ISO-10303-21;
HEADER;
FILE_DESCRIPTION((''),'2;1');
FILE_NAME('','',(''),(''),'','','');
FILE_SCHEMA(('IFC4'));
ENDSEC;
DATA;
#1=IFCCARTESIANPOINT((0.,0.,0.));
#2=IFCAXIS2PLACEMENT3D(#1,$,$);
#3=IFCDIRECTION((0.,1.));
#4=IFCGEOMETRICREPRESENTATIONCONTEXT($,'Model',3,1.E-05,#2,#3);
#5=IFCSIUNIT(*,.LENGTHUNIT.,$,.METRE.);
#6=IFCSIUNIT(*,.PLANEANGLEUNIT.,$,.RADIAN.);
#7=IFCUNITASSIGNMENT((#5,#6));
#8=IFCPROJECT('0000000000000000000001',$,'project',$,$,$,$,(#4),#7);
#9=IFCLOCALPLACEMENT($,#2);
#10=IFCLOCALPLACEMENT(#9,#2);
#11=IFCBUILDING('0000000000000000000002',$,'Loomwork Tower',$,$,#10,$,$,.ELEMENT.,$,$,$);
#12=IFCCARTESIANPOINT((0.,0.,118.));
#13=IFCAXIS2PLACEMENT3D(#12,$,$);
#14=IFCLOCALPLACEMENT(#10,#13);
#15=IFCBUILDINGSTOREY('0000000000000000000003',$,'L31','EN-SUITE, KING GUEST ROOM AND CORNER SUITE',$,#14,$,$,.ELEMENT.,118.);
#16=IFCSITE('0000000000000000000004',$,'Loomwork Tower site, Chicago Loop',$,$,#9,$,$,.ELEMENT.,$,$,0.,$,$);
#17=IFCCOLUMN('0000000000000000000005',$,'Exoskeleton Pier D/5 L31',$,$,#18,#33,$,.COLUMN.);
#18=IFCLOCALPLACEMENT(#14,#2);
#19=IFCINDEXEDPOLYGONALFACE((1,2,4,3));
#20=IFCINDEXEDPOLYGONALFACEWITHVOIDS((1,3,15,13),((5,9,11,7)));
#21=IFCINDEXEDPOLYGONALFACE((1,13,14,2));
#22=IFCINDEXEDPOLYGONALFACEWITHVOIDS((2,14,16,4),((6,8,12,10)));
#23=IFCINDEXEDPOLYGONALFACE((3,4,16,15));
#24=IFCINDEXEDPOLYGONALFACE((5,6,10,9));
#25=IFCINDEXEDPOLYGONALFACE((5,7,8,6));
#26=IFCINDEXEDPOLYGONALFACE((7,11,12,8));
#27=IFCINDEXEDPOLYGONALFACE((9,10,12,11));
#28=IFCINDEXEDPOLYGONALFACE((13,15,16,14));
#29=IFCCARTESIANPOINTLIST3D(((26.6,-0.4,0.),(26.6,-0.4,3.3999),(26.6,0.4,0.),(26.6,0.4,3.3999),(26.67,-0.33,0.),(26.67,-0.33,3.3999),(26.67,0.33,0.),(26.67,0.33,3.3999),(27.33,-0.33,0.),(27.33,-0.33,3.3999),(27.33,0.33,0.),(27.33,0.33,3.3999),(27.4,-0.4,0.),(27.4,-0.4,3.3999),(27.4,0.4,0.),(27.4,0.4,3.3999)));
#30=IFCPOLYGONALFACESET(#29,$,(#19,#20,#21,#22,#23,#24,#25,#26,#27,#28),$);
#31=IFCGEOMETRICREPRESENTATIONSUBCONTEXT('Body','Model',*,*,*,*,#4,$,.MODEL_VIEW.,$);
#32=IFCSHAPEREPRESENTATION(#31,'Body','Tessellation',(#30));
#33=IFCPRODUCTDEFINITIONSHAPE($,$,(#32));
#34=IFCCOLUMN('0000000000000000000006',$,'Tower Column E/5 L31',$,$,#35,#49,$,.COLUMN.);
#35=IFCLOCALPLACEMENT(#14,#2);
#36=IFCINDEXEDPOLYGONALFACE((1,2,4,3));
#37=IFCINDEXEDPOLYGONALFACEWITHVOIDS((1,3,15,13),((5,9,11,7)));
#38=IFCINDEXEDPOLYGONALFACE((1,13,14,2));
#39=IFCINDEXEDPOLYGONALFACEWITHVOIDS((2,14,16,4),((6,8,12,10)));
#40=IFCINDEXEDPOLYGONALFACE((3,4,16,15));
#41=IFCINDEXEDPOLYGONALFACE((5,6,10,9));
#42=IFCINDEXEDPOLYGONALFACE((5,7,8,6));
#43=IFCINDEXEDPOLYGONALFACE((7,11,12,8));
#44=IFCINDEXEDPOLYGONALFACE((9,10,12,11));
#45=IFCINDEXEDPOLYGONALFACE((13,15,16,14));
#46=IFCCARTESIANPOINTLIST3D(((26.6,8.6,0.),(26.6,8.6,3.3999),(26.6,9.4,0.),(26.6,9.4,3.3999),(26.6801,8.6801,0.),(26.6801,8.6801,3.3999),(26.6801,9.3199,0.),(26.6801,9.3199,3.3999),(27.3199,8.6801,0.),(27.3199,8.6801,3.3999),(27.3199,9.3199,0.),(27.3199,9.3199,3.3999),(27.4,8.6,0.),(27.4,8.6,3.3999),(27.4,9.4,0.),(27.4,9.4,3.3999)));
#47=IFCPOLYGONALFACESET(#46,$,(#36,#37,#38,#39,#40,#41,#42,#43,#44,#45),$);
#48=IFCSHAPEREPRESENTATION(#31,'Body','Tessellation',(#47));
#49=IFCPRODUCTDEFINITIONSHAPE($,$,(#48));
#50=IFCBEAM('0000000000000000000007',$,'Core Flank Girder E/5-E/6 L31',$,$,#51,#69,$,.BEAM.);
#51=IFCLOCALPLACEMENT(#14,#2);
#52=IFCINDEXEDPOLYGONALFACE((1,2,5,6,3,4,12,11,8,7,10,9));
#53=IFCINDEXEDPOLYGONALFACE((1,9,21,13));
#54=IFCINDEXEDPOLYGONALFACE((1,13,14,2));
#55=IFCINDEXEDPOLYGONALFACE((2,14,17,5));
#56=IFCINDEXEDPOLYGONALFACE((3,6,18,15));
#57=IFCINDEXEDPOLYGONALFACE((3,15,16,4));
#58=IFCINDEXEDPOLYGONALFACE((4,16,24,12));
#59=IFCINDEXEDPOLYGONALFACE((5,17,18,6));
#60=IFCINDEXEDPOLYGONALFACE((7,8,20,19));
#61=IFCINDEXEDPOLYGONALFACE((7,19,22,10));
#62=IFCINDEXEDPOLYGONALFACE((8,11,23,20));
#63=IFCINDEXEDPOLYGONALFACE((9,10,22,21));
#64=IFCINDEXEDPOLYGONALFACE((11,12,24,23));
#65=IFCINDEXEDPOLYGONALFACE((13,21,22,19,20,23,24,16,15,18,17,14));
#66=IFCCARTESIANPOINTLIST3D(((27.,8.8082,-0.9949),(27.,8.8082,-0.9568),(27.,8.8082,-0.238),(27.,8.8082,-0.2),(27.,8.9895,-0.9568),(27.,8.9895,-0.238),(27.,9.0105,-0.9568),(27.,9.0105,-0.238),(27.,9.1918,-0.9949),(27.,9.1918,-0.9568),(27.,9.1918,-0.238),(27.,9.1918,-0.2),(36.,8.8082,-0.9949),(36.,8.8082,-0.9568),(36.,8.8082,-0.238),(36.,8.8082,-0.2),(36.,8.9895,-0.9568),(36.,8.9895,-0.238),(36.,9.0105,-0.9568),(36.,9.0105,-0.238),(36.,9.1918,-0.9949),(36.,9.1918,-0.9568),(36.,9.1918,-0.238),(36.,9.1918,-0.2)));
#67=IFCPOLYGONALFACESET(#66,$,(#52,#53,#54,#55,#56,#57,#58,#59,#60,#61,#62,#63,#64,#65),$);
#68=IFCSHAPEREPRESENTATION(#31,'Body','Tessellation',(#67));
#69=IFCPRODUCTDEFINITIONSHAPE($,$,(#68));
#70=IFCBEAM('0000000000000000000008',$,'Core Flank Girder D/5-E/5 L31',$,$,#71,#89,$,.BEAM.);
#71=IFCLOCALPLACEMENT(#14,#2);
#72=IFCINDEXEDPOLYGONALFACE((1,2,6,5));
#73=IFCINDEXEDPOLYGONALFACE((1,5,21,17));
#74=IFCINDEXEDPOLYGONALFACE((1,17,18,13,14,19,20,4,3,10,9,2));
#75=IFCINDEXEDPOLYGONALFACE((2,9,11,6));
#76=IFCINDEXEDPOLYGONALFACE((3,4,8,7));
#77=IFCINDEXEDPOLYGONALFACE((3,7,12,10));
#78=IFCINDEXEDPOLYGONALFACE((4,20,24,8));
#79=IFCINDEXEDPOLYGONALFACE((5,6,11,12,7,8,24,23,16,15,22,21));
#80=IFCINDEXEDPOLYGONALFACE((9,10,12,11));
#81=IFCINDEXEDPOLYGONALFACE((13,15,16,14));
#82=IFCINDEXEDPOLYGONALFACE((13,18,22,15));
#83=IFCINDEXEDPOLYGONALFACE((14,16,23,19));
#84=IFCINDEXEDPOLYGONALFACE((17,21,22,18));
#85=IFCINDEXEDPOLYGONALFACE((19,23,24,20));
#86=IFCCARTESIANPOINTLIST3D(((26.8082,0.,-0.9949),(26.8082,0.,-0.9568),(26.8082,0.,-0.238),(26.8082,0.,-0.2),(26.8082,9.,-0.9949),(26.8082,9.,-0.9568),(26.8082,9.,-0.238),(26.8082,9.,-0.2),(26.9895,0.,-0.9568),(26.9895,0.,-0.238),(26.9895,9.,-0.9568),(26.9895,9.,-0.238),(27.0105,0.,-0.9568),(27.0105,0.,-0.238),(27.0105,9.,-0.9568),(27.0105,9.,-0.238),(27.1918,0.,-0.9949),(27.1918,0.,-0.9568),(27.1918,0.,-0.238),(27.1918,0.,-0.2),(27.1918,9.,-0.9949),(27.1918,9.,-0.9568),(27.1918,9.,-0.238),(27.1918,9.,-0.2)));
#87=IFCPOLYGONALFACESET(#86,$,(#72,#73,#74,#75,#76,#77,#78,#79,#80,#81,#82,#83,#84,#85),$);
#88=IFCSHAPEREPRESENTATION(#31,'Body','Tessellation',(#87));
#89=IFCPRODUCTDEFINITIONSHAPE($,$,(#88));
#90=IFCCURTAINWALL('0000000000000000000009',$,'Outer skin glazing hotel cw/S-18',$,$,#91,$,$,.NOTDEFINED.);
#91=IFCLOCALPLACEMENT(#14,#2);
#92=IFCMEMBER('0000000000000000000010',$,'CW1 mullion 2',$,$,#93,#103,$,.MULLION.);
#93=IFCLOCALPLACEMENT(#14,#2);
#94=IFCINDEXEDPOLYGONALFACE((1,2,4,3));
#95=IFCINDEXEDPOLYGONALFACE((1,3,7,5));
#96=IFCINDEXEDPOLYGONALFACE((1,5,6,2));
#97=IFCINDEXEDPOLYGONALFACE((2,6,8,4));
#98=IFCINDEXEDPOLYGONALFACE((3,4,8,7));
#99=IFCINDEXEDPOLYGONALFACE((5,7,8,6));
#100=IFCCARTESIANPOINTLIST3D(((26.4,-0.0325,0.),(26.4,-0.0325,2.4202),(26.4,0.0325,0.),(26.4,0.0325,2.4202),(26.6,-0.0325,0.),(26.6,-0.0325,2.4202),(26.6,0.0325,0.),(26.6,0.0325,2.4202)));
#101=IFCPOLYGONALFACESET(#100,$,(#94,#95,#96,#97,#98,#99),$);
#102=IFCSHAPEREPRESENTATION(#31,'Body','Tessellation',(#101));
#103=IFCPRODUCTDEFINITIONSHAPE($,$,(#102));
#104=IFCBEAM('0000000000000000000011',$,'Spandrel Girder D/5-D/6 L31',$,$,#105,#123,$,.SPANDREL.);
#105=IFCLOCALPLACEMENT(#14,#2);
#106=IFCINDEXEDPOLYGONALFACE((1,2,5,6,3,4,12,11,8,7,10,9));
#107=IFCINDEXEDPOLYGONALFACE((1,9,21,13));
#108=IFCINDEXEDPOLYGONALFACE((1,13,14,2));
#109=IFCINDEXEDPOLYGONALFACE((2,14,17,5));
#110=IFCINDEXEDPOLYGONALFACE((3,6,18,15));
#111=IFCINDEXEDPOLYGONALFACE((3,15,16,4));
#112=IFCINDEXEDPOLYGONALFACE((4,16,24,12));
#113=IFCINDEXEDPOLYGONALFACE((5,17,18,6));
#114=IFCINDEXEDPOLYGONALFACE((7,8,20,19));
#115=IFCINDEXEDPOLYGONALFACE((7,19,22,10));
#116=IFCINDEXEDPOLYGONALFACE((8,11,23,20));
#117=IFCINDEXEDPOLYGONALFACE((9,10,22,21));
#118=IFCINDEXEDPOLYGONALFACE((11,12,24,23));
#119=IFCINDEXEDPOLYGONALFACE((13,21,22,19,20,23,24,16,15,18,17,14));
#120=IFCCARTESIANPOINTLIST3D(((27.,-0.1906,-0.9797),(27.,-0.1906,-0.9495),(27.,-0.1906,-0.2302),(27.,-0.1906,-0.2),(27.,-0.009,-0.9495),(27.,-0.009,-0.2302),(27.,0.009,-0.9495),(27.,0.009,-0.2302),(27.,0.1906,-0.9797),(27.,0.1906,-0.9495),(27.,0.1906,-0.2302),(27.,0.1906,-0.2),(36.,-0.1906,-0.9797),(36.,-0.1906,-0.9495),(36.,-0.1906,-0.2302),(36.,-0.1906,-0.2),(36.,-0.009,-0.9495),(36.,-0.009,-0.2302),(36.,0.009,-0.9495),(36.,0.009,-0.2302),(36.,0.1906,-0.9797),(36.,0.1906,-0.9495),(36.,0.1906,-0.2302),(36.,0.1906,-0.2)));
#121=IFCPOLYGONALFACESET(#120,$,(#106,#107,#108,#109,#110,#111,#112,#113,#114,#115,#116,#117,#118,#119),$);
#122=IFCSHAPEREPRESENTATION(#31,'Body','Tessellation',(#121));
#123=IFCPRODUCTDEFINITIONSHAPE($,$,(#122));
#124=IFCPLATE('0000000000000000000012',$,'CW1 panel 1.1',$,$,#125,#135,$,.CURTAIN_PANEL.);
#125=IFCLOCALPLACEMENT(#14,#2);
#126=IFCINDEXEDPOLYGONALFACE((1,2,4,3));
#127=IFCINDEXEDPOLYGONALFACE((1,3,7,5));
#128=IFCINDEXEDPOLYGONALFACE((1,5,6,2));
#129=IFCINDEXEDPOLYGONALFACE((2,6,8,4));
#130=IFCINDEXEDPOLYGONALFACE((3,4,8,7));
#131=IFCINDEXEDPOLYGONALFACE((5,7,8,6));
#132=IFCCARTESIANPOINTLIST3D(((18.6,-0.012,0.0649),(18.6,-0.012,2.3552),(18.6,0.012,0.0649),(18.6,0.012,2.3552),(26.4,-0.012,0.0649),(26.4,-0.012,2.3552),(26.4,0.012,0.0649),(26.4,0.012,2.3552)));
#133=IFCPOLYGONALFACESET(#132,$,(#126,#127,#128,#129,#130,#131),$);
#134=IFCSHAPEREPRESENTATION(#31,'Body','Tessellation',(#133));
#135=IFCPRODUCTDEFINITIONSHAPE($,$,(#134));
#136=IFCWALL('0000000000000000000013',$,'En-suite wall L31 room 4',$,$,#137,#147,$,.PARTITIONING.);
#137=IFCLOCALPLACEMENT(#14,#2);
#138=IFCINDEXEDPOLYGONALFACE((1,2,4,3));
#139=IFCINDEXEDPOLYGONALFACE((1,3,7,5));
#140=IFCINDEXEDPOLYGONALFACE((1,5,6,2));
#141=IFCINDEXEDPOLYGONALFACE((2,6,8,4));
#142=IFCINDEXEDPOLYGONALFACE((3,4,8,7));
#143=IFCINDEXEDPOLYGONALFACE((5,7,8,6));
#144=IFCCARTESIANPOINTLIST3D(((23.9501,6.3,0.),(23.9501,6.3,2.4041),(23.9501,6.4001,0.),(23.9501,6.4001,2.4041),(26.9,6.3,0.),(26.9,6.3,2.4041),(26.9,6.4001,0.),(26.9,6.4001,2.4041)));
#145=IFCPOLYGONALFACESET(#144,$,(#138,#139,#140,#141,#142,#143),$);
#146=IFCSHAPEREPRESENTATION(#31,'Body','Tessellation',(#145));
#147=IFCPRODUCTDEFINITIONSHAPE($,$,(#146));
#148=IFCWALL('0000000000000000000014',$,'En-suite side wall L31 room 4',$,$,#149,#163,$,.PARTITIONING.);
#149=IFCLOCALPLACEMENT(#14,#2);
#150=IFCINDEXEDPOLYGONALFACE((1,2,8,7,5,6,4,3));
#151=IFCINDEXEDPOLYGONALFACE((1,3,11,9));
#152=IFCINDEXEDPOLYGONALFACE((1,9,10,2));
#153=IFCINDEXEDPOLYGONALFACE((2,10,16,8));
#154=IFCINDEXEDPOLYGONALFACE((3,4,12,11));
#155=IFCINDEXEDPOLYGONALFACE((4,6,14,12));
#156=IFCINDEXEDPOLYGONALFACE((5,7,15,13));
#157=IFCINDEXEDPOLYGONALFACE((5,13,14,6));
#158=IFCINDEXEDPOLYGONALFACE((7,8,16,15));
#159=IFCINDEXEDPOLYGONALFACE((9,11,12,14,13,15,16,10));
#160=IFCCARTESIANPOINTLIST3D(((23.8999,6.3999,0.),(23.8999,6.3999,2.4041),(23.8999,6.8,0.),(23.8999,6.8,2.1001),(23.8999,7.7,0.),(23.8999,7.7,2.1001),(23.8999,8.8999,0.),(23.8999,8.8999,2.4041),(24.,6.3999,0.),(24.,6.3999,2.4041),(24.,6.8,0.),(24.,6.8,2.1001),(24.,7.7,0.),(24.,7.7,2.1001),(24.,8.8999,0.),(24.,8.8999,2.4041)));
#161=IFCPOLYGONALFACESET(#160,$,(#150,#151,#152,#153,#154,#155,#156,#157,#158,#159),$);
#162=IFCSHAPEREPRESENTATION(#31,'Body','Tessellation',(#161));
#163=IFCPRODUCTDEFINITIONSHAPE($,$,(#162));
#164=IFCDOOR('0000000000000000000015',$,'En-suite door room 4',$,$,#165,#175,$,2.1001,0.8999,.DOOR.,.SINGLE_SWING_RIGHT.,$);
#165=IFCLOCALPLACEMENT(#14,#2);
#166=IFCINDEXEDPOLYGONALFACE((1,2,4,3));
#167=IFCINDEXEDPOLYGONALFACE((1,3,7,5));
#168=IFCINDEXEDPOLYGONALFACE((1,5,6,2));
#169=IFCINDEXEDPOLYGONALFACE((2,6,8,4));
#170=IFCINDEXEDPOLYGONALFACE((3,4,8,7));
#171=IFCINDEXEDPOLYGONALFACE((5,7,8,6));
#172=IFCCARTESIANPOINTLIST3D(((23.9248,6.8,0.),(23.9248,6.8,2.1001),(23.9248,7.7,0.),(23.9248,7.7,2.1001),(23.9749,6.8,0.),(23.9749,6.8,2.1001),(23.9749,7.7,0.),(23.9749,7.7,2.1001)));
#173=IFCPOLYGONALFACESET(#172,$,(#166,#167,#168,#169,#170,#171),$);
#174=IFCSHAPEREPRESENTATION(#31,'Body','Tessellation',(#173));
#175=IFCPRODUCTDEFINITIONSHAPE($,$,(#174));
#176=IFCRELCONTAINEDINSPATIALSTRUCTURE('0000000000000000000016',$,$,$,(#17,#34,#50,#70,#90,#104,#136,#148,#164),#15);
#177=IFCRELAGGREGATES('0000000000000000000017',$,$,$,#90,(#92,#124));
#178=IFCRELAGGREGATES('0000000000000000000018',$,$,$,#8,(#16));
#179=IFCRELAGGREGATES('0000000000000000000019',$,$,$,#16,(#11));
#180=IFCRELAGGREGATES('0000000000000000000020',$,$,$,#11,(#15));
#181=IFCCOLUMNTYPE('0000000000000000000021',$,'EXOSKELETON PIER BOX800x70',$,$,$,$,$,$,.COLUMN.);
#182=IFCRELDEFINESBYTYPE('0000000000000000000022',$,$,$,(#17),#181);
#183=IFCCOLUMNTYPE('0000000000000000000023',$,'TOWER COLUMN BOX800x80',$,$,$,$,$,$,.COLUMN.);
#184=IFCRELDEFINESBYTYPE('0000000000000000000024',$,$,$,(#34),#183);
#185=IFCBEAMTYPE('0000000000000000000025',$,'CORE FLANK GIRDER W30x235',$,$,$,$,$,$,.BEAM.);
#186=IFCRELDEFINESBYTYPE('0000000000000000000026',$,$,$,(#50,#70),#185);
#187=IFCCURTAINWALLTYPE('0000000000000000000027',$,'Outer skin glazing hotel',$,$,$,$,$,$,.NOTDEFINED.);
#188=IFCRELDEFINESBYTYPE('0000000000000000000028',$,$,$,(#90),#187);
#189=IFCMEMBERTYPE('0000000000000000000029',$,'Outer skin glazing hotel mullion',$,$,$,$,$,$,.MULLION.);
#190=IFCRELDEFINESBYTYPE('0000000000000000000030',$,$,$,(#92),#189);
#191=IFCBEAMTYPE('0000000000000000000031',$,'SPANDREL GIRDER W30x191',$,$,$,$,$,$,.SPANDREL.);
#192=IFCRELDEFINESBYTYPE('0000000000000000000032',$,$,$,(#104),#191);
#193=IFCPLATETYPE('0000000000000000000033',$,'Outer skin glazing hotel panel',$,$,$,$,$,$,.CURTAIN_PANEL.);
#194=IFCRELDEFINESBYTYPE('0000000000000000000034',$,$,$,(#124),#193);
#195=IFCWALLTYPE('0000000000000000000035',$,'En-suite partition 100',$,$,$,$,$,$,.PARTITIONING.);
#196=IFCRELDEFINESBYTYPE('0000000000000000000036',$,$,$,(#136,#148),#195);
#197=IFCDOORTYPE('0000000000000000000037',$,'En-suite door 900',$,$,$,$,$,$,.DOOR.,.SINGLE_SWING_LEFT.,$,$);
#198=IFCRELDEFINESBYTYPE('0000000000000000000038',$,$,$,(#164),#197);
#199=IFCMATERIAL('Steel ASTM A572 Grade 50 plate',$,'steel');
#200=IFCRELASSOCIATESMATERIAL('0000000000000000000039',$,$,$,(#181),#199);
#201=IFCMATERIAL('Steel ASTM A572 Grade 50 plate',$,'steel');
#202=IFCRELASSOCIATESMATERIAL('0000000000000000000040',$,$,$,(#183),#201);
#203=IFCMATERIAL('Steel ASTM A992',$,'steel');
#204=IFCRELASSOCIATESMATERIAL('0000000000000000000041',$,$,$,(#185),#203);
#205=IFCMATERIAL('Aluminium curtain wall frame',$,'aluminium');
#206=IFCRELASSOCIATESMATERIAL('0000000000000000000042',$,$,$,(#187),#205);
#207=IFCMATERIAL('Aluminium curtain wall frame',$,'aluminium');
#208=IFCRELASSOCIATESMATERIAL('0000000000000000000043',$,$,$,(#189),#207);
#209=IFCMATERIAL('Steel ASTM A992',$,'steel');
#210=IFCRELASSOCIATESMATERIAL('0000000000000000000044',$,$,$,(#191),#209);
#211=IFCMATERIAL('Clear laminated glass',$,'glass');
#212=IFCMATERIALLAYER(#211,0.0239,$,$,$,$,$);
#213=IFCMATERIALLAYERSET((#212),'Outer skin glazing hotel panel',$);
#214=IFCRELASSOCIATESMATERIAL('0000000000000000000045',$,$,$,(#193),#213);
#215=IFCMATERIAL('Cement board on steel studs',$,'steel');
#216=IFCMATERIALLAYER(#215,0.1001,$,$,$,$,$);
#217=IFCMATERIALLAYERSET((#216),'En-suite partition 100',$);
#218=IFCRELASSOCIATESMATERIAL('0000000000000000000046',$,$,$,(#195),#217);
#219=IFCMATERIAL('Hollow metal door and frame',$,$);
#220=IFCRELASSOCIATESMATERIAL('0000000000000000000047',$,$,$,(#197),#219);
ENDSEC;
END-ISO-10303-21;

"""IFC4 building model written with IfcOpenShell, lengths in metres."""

from ifc_helpers import new_model, si_unit, direction, frame, frame_2d, origin, origin_2d, place, context, subcontext, project, spatial, rectangle, hollow_rectangle, i_section, extrude, material, layer, layer_set, material_profile, profile_set, type_object, element, fill, aggregate, save


model = new_model("IFC4")

# Units and contexts
model_context = context("Model", 3, precision=1e-05, world=origin(), true_north=direction((0.0, 1.0)))
body_context = subcontext(model_context, "Body", "Model", "MODEL_VIEW")
ifc_project = project(units=[si_unit("LENGTHUNIT", "METRE"), si_unit("PLANEANGLEUNIT", "RADIAN")], contexts=[model_context])

# Site, building, storey
site_placement = place(None, origin())
site = spatial("IfcSite", under=ifc_project, at=site_placement, Name="Loomwork Tower site, Chicago Loop", CompositionType="ELEMENT", RefElevation=0.0)
building_placement = place(site_placement, origin())
building = spatial("IfcBuilding", under=site, at=building_placement, Name="Loomwork Tower", CompositionType="ELEMENT")
storey_placement = place(building_placement, frame((0.0, 0.0, 118.0)))
storey = spatial("IfcBuildingStorey", under=building, at=storey_placement, Name="L31", Description="EN-SUITE, KING GUEST ROOM AND CORNER SUITE", CompositionType="ELEMENT", Elevation=118.0)

# Columns
ifc_material_1 = material(Name="Steel ASTM A572 Grade 50 plate", Category="steel")
ifc_material_profile_1 = material_profile(ifc_material_1, hollow_rectangle(XDim=0.8, YDim=0.8, WallThickness=0.0701, at=origin_2d()), Name="BOX800x70")
ifc_profile_set_1 = profile_set([ifc_material_profile_1], Name="Steel ASTM A572 Grade 50 plate")
column_type_1 = type_object("IfcColumnType", Name="EXOSKELETON PIER BOX800x70", PredefinedType="COLUMN", material=ifc_profile_set_1)
column_1_placement = place(storey_placement, frame((27.0, 0.0, 0.0), z_axis=(0.0, 0.0, 1.0), x_axis=(1.0, 0.0, 0.0)))
element("IfcColumn", 1, at=column_1_placement, inside=storey, type_object=column_type_1, Name="Exoskeleton Pier D/5 L31", PredefinedType="COLUMN", context=body_context, shape_type="SweptSolid", body=[
    extrude(hollow_rectangle(XDim=0.8, YDim=0.8, WallThickness=0.0701, at=origin_2d()), origin(), (0.0, 0.0, 1.0), 3.3999),
])
ifc_material_2 = material(Name="Steel ASTM A572 Grade 50 plate", Category="steel")
ifc_material_profile_2 = material_profile(ifc_material_2, hollow_rectangle(XDim=0.8, YDim=0.8, WallThickness=0.0801, at=origin_2d()), Name="BOX800x80")
ifc_profile_set_2 = profile_set([ifc_material_profile_2], Name="Steel ASTM A572 Grade 50 plate")
column_type_2 = type_object("IfcColumnType", Name="TOWER COLUMN BOX800x80", PredefinedType="COLUMN", material=ifc_profile_set_2)
column_2_placement = place(storey_placement, frame((27.0, 9.0, 0.0), z_axis=(0.0, 0.0, 1.0), x_axis=(1.0, 0.0, 0.0)))
element("IfcColumn", 2, at=column_2_placement, inside=storey, type_object=column_type_2, Name="Tower Column E/5 L31", PredefinedType="COLUMN", context=body_context, shape_type="SweptSolid", body=[
    extrude(hollow_rectangle(XDim=0.8, YDim=0.8, WallThickness=0.0801, at=origin_2d()), origin(), (0.0, 0.0, 1.0), 3.3999),
])

# Beams
ifc_material_3 = material(Name="Steel ASTM A992", Category="steel")
ifc_material_profile_3 = material_profile(ifc_material_3, i_section(OverallWidth=0.3835, OverallDepth=0.7949, WebThickness=0.021, FlangeThickness=0.0381, at=origin_2d()), Name="W30x235")
ifc_profile_set_3 = profile_set([ifc_material_profile_3], Name="Steel ASTM A992")
beam_type_1 = type_object("IfcBeamType", Name="CORE FLANK GIRDER W30x235", PredefinedType="BEAM", material=ifc_profile_set_3)
for number, where, z_axis, x_axis, name in (
    (3, (27.0, 9.0, -0.5974), (1.0, 0.0, 0.0), (0.0, 1.0, 0.0), "Core Flank Girder E/5-E/6 L31"),
    (4, (27.0, 0.0, -0.5974), (0.0, 1.0, 0.0), (-1.0, 0.0, 0.0), "Core Flank Girder D/5-E/5 L31"),
):
    element("IfcBeam", number, at=place(storey_placement, frame(where, z_axis=z_axis, x_axis=x_axis)), inside=storey, type_object=beam_type_1, Name=name, PredefinedType="BEAM", context=body_context, shape_type="SweptSolid", body=[
        extrude(i_section(OverallWidth=0.3835, OverallDepth=0.7949, WebThickness=0.021, FlangeThickness=0.0381, at=origin_2d()), origin(), (0.0, 0.0, 1.0), 9.0),
    ])

# Curtain wall, member
ifc_material_4 = material(Name="Aluminium curtain wall frame", Category="aluminium")
curtain_wall_type = type_object("IfcCurtainWallType", Name="Outer skin glazing hotel", PredefinedType="NOTDEFINED", material=ifc_material_4)
curtain_wall_placement = place(storey_placement, origin())
curtain_wall = element("IfcCurtainWall", 5, at=curtain_wall_placement, inside=storey, type_object=curtain_wall_type, Name="Outer skin glazing hotel cw/S-18", PredefinedType="NOTDEFINED")
ifc_material_5 = material(Name="Aluminium curtain wall frame", Category="aluminium")
ifc_material_profile_4 = material_profile(ifc_material_5, rectangle(XDim=0.0649, YDim=0.2, at=origin_2d()), Name="AL 65x200")
ifc_profile_set_4 = profile_set([ifc_material_profile_4], Name="Aluminium curtain wall frame")
member_type = type_object("IfcMemberType", Name="Outer skin glazing hotel mullion", PredefinedType="MULLION", material=ifc_profile_set_4)
member_placement = place(storey_placement, frame((26.5, 0.0, 0.0), z_axis=(0.0, 0.0, 1.0), x_axis=(0.0, 1.0, 0.0)))
member = element("IfcMember", 6, at=member_placement, type_object=member_type, Name="CW1 mullion 2", PredefinedType="MULLION", context=body_context, shape_type="SweptSolid", body=[
    extrude(rectangle(XDim=0.0649, YDim=0.2, at=origin_2d()), origin(), (0.0, 0.0, 1.0), 2.4202),
])

# Beam
ifc_material_6 = material(Name="Steel ASTM A992", Category="steel")
ifc_material_profile_5 = material_profile(ifc_material_6, i_section(OverallWidth=0.3811, OverallDepth=0.7798, WebThickness=0.0181, FlangeThickness=0.0303, at=origin_2d()), Name="W30x191")
ifc_profile_set_5 = profile_set([ifc_material_profile_5], Name="Steel ASTM A992")
beam_type_2 = type_object("IfcBeamType", Name="SPANDREL GIRDER W30x191", PredefinedType="SPANDREL", material=ifc_profile_set_5)
beam_placement = place(storey_placement, frame((27.0, 0.0, -0.5898), z_axis=(1.0, 0.0, 0.0), x_axis=(0.0, 1.0, 0.0)))
element("IfcBeam", 7, at=beam_placement, inside=storey, type_object=beam_type_2, Name="Spandrel Girder D/5-D/6 L31", PredefinedType="SPANDREL", context=body_context, shape_type="SweptSolid", body=[
    extrude(i_section(OverallWidth=0.3811, OverallDepth=0.7798, WebThickness=0.0181, FlangeThickness=0.0303, at=origin_2d()), origin(), (0.0, 0.0, 1.0), 9.0),
])

# Plate
ifc_material_7 = material(Name="Clear laminated glass", Category="glass")
ifc_layer_1 = layer(ifc_material_7, 0.0239)
ifc_layer_set_1 = layer_set([ifc_layer_1], Name="Outer skin glazing hotel panel")
plate_type = type_object("IfcPlateType", Name="Outer skin glazing hotel panel", PredefinedType="CURTAIN_PANEL", material=ifc_layer_set_1)
plate_placement = place(storey_placement, frame((22.5, 0.0, 0.0649), z_axis=(0.0, 0.0, 1.0), x_axis=(1.0, 0.0, 0.0)))
plate = element("IfcPlate", 8, at=plate_placement, type_object=plate_type, Name="CW1 panel 1.1", PredefinedType="CURTAIN_PANEL", context=body_context, shape_type="SweptSolid", body=[
    extrude(rectangle(XDim=7.8, YDim=0.0239, at=origin_2d()), origin(), (0.0, 0.0, 1.0), 2.2903),
])
aggregate(curtain_wall, [member, plate])

# Wall
ifc_material_8 = material(Name="Cement board on steel studs", Category="steel")
ifc_layer_2 = layer(ifc_material_8, 0.1001)
ifc_layer_set_2 = layer_set([ifc_layer_2], Name="En-suite partition 100")
wall_type_1 = type_object("IfcWallType", Name="En-suite partition 100", PredefinedType="PARTITIONING", material=ifc_layer_set_2)
wall_1_placement = place(storey_placement, frame((23.95, 6.3501, 0.0), z_axis=(0.0, 0.0, 1.0), x_axis=(1.0, 0.0, 0.0)))
element("IfcWall", 9, at=wall_1_placement, inside=storey, type_object=wall_type_1, Name="En-suite wall L31 room 4", PredefinedType="PARTITIONING", context=body_context, shape_type="SweptSolid", body=[
    extrude(rectangle(XDim=2.95, YDim=0.1001, at=frame_2d((1.4751, 0.0))), origin(), (0.0, 0.0, 1.0), 2.4041),
])

# Wall, opening, door
wall_2_placement = place(storey_placement, frame((23.95, 8.8999, 0.0), z_axis=(0.0, 0.0, 1.0), x_axis=(0.0, -1.0, 0.0)))
wall_2 = element("IfcWall", 10, at=wall_2_placement, inside=storey, type_object=wall_type_1, Name="En-suite side wall L31 room 4", PredefinedType="PARTITIONING", context=body_context, shape_type="SweptSolid", body=[
    extrude(rectangle(XDim=2.5, YDim=0.1001, at=frame_2d((1.25, 0.0))), origin(), (0.0, 0.0, 1.0), 2.4041),
])
opening_placement = place(wall_2_placement, frame((1.2, 0.0, 0.0)))
opening = element("IfcOpeningElement", 11, at=opening_placement, cuts=wall_2, PredefinedType="OPENING", context=body_context, shape_type="SweptSolid", body=[
    extrude(rectangle(XDim=0.8999, YDim=2.1001, at=frame_2d((0.45, 1.05))), frame((0.0, 0.0601, 0.0), z_axis=(0.0, -1.0, 0.0), x_axis=(1.0, 0.0, 0.0)), (0.0, 0.0, 1.0), 0.1201),
])
ifc_material_9 = material(Name="Hollow metal door and frame")
door_type = type_object("IfcDoorType", Name="En-suite door 900", OperationType="SINGLE_SWING_LEFT", PredefinedType="DOOR", material=ifc_material_9)
door_placement = place(opening_placement, origin())
door = element("IfcDoor", 12, at=door_placement, inside=storey, type_object=door_type, Name="En-suite door room 4", OperationType="SINGLE_SWING_RIGHT", OverallHeight=2.1001, OverallWidth=0.8999, PredefinedType="DOOR", context=body_context, shape_type="SweptSolid", body=[
    extrude(rectangle(XDim=0.8999, YDim=2.1001, at=frame_2d((0.45, 1.05))), frame((0.0, 0.0249, 0.0), z_axis=(0.0, -1.0, 0.0), x_axis=(1.0, 0.0, 0.0)), (0.0, 0.0, 1.0), 0.05),
])
fill(opening, door)

save(model, "model.ifc")
